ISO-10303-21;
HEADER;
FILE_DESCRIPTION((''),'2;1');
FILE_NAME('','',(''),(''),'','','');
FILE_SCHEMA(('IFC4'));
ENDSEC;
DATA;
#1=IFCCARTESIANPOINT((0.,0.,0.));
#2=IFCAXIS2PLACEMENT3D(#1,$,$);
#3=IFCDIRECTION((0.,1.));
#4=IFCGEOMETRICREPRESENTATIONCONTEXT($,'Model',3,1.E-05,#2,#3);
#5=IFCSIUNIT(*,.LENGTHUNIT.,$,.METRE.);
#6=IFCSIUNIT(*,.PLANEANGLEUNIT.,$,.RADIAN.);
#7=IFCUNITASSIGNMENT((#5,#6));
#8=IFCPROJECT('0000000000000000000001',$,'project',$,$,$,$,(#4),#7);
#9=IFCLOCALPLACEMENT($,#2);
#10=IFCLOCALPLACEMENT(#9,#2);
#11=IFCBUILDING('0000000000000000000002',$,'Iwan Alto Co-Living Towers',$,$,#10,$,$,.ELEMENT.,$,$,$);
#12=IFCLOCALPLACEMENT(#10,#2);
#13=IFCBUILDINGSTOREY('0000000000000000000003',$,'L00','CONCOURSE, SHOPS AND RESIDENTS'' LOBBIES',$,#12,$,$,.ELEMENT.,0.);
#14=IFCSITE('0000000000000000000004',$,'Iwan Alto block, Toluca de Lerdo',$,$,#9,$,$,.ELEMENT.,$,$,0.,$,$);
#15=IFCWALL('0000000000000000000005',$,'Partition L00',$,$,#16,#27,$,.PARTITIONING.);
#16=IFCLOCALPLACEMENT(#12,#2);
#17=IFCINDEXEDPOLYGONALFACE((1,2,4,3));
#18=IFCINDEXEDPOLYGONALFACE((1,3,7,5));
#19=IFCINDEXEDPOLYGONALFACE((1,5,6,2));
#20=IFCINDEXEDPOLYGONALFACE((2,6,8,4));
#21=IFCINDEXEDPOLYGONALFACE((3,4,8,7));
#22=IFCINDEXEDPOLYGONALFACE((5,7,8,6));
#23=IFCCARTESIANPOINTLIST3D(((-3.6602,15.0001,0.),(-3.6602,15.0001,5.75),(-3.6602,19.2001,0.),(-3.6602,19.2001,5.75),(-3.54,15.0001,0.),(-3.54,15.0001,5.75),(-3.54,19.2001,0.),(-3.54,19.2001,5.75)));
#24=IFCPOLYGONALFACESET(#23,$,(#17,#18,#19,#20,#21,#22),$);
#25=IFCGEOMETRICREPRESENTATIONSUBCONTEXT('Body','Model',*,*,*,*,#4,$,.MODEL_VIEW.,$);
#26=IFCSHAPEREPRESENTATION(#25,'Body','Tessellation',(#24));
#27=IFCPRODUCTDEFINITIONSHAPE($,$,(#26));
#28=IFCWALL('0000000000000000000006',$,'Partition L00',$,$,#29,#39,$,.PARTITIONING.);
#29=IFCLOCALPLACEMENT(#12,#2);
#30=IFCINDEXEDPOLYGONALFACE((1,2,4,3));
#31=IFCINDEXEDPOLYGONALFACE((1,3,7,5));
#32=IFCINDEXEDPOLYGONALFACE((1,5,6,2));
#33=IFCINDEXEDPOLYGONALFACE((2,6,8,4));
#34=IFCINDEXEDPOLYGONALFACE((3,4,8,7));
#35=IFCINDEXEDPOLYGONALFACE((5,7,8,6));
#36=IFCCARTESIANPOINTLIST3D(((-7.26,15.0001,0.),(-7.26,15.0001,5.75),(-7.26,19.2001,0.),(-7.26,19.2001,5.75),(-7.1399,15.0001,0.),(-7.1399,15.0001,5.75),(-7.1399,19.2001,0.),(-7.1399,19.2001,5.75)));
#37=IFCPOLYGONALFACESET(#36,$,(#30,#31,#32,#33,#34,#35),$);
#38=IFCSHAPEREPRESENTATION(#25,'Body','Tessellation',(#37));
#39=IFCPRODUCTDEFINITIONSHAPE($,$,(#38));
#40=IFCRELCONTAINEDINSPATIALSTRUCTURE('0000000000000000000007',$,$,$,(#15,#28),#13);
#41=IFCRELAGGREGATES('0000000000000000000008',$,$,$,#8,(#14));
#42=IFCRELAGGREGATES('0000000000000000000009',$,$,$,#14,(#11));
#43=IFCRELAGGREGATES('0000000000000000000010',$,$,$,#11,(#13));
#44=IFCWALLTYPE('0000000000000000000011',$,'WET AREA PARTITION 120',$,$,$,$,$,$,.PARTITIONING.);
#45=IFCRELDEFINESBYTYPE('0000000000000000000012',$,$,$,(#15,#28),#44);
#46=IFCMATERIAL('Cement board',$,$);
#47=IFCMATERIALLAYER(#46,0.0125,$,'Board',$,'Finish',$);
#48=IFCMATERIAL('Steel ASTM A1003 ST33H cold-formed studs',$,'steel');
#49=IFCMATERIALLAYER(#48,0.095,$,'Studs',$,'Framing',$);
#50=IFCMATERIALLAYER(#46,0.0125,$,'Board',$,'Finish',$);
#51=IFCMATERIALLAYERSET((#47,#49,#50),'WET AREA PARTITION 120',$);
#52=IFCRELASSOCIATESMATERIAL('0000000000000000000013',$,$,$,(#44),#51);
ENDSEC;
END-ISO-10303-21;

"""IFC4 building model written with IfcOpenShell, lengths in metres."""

from ifc_helpers import new_model, si_unit, direction, frame, frame_2d, origin, place, context, subcontext, project, spatial, rectangle, extrude, material, layer, layer_set, type_object, element, save


model = new_model("IFC4")

# Units and contexts
model_context = context("Model", 3, precision=1e-05, world=origin(), true_north=direction((0.0, 1.0)))
body_context = subcontext(model_context, "Body", "Model", "MODEL_VIEW")
ifc_project = project(units=[si_unit("LENGTHUNIT", "METRE"), si_unit("PLANEANGLEUNIT", "RADIAN")], contexts=[model_context])

# Site, building, storey
site_placement = place(None, origin())
site = spatial("IfcSite", under=ifc_project, at=site_placement, Name="Iwan Alto block, Toluca de Lerdo", CompositionType="ELEMENT", RefElevation=0.0)
building_placement = place(site_placement, origin())
building = spatial("IfcBuilding", under=site, at=building_placement, Name="Iwan Alto Co-Living Towers", CompositionType="ELEMENT")
storey_placement = place(building_placement, origin())
storey = spatial("IfcBuildingStorey", under=building, at=storey_placement, Name="L00", Description="CONCOURSE, SHOPS AND RESIDENTS' LOBBIES", CompositionType="ELEMENT", Elevation=0.0)

# Walls
ifc_material_1 = material(Name="Cement board")
ifc_layer_1 = layer(ifc_material_1, 0.0125, Name="Board", Category="Finish")
ifc_material_2 = material(Name="Steel ASTM A1003 ST33H cold-formed studs", Category="steel")
ifc_layer_2 = layer(ifc_material_2, 0.095, Name="Studs", Category="Framing")
ifc_layer_3 = layer(ifc_material_1, 0.0125, Name="Board", Category="Finish")
ifc_layer_set_1 = layer_set([ifc_layer_1, ifc_layer_2, ifc_layer_3], Name="WET AREA PARTITION 120")
wall_type_1 = type_object("IfcWallType", Name="WET AREA PARTITION 120", PredefinedType="PARTITIONING", material=ifc_layer_set_1)
for number, where, z_axis, x_axis, name in (
    (1, (-3.6001, 15.0, 0.0), (0.0, 0.0, 1.0), (0.0, 1.0, 0.0), "Partition L00"),
    (2, (-7.2, 15.0, 0.0), (0.0, 0.0, 1.0), (0.0, 1.0, 0.0), "Partition L00"),
):
    element("IfcWall", number, at=place(storey_placement, frame(where, z_axis=z_axis, x_axis=x_axis)), inside=storey, type_object=wall_type_1, Name=name, PredefinedType="PARTITIONING", context=body_context, shape_type="SweptSolid", body=[
        extrude(rectangle(XDim=4.2, YDim=0.1201, at=frame_2d((2.1001, 0.0))), origin(), (0.0, 0.0, 1.0), 5.75),
    ])

save(model, "model.ifc")
